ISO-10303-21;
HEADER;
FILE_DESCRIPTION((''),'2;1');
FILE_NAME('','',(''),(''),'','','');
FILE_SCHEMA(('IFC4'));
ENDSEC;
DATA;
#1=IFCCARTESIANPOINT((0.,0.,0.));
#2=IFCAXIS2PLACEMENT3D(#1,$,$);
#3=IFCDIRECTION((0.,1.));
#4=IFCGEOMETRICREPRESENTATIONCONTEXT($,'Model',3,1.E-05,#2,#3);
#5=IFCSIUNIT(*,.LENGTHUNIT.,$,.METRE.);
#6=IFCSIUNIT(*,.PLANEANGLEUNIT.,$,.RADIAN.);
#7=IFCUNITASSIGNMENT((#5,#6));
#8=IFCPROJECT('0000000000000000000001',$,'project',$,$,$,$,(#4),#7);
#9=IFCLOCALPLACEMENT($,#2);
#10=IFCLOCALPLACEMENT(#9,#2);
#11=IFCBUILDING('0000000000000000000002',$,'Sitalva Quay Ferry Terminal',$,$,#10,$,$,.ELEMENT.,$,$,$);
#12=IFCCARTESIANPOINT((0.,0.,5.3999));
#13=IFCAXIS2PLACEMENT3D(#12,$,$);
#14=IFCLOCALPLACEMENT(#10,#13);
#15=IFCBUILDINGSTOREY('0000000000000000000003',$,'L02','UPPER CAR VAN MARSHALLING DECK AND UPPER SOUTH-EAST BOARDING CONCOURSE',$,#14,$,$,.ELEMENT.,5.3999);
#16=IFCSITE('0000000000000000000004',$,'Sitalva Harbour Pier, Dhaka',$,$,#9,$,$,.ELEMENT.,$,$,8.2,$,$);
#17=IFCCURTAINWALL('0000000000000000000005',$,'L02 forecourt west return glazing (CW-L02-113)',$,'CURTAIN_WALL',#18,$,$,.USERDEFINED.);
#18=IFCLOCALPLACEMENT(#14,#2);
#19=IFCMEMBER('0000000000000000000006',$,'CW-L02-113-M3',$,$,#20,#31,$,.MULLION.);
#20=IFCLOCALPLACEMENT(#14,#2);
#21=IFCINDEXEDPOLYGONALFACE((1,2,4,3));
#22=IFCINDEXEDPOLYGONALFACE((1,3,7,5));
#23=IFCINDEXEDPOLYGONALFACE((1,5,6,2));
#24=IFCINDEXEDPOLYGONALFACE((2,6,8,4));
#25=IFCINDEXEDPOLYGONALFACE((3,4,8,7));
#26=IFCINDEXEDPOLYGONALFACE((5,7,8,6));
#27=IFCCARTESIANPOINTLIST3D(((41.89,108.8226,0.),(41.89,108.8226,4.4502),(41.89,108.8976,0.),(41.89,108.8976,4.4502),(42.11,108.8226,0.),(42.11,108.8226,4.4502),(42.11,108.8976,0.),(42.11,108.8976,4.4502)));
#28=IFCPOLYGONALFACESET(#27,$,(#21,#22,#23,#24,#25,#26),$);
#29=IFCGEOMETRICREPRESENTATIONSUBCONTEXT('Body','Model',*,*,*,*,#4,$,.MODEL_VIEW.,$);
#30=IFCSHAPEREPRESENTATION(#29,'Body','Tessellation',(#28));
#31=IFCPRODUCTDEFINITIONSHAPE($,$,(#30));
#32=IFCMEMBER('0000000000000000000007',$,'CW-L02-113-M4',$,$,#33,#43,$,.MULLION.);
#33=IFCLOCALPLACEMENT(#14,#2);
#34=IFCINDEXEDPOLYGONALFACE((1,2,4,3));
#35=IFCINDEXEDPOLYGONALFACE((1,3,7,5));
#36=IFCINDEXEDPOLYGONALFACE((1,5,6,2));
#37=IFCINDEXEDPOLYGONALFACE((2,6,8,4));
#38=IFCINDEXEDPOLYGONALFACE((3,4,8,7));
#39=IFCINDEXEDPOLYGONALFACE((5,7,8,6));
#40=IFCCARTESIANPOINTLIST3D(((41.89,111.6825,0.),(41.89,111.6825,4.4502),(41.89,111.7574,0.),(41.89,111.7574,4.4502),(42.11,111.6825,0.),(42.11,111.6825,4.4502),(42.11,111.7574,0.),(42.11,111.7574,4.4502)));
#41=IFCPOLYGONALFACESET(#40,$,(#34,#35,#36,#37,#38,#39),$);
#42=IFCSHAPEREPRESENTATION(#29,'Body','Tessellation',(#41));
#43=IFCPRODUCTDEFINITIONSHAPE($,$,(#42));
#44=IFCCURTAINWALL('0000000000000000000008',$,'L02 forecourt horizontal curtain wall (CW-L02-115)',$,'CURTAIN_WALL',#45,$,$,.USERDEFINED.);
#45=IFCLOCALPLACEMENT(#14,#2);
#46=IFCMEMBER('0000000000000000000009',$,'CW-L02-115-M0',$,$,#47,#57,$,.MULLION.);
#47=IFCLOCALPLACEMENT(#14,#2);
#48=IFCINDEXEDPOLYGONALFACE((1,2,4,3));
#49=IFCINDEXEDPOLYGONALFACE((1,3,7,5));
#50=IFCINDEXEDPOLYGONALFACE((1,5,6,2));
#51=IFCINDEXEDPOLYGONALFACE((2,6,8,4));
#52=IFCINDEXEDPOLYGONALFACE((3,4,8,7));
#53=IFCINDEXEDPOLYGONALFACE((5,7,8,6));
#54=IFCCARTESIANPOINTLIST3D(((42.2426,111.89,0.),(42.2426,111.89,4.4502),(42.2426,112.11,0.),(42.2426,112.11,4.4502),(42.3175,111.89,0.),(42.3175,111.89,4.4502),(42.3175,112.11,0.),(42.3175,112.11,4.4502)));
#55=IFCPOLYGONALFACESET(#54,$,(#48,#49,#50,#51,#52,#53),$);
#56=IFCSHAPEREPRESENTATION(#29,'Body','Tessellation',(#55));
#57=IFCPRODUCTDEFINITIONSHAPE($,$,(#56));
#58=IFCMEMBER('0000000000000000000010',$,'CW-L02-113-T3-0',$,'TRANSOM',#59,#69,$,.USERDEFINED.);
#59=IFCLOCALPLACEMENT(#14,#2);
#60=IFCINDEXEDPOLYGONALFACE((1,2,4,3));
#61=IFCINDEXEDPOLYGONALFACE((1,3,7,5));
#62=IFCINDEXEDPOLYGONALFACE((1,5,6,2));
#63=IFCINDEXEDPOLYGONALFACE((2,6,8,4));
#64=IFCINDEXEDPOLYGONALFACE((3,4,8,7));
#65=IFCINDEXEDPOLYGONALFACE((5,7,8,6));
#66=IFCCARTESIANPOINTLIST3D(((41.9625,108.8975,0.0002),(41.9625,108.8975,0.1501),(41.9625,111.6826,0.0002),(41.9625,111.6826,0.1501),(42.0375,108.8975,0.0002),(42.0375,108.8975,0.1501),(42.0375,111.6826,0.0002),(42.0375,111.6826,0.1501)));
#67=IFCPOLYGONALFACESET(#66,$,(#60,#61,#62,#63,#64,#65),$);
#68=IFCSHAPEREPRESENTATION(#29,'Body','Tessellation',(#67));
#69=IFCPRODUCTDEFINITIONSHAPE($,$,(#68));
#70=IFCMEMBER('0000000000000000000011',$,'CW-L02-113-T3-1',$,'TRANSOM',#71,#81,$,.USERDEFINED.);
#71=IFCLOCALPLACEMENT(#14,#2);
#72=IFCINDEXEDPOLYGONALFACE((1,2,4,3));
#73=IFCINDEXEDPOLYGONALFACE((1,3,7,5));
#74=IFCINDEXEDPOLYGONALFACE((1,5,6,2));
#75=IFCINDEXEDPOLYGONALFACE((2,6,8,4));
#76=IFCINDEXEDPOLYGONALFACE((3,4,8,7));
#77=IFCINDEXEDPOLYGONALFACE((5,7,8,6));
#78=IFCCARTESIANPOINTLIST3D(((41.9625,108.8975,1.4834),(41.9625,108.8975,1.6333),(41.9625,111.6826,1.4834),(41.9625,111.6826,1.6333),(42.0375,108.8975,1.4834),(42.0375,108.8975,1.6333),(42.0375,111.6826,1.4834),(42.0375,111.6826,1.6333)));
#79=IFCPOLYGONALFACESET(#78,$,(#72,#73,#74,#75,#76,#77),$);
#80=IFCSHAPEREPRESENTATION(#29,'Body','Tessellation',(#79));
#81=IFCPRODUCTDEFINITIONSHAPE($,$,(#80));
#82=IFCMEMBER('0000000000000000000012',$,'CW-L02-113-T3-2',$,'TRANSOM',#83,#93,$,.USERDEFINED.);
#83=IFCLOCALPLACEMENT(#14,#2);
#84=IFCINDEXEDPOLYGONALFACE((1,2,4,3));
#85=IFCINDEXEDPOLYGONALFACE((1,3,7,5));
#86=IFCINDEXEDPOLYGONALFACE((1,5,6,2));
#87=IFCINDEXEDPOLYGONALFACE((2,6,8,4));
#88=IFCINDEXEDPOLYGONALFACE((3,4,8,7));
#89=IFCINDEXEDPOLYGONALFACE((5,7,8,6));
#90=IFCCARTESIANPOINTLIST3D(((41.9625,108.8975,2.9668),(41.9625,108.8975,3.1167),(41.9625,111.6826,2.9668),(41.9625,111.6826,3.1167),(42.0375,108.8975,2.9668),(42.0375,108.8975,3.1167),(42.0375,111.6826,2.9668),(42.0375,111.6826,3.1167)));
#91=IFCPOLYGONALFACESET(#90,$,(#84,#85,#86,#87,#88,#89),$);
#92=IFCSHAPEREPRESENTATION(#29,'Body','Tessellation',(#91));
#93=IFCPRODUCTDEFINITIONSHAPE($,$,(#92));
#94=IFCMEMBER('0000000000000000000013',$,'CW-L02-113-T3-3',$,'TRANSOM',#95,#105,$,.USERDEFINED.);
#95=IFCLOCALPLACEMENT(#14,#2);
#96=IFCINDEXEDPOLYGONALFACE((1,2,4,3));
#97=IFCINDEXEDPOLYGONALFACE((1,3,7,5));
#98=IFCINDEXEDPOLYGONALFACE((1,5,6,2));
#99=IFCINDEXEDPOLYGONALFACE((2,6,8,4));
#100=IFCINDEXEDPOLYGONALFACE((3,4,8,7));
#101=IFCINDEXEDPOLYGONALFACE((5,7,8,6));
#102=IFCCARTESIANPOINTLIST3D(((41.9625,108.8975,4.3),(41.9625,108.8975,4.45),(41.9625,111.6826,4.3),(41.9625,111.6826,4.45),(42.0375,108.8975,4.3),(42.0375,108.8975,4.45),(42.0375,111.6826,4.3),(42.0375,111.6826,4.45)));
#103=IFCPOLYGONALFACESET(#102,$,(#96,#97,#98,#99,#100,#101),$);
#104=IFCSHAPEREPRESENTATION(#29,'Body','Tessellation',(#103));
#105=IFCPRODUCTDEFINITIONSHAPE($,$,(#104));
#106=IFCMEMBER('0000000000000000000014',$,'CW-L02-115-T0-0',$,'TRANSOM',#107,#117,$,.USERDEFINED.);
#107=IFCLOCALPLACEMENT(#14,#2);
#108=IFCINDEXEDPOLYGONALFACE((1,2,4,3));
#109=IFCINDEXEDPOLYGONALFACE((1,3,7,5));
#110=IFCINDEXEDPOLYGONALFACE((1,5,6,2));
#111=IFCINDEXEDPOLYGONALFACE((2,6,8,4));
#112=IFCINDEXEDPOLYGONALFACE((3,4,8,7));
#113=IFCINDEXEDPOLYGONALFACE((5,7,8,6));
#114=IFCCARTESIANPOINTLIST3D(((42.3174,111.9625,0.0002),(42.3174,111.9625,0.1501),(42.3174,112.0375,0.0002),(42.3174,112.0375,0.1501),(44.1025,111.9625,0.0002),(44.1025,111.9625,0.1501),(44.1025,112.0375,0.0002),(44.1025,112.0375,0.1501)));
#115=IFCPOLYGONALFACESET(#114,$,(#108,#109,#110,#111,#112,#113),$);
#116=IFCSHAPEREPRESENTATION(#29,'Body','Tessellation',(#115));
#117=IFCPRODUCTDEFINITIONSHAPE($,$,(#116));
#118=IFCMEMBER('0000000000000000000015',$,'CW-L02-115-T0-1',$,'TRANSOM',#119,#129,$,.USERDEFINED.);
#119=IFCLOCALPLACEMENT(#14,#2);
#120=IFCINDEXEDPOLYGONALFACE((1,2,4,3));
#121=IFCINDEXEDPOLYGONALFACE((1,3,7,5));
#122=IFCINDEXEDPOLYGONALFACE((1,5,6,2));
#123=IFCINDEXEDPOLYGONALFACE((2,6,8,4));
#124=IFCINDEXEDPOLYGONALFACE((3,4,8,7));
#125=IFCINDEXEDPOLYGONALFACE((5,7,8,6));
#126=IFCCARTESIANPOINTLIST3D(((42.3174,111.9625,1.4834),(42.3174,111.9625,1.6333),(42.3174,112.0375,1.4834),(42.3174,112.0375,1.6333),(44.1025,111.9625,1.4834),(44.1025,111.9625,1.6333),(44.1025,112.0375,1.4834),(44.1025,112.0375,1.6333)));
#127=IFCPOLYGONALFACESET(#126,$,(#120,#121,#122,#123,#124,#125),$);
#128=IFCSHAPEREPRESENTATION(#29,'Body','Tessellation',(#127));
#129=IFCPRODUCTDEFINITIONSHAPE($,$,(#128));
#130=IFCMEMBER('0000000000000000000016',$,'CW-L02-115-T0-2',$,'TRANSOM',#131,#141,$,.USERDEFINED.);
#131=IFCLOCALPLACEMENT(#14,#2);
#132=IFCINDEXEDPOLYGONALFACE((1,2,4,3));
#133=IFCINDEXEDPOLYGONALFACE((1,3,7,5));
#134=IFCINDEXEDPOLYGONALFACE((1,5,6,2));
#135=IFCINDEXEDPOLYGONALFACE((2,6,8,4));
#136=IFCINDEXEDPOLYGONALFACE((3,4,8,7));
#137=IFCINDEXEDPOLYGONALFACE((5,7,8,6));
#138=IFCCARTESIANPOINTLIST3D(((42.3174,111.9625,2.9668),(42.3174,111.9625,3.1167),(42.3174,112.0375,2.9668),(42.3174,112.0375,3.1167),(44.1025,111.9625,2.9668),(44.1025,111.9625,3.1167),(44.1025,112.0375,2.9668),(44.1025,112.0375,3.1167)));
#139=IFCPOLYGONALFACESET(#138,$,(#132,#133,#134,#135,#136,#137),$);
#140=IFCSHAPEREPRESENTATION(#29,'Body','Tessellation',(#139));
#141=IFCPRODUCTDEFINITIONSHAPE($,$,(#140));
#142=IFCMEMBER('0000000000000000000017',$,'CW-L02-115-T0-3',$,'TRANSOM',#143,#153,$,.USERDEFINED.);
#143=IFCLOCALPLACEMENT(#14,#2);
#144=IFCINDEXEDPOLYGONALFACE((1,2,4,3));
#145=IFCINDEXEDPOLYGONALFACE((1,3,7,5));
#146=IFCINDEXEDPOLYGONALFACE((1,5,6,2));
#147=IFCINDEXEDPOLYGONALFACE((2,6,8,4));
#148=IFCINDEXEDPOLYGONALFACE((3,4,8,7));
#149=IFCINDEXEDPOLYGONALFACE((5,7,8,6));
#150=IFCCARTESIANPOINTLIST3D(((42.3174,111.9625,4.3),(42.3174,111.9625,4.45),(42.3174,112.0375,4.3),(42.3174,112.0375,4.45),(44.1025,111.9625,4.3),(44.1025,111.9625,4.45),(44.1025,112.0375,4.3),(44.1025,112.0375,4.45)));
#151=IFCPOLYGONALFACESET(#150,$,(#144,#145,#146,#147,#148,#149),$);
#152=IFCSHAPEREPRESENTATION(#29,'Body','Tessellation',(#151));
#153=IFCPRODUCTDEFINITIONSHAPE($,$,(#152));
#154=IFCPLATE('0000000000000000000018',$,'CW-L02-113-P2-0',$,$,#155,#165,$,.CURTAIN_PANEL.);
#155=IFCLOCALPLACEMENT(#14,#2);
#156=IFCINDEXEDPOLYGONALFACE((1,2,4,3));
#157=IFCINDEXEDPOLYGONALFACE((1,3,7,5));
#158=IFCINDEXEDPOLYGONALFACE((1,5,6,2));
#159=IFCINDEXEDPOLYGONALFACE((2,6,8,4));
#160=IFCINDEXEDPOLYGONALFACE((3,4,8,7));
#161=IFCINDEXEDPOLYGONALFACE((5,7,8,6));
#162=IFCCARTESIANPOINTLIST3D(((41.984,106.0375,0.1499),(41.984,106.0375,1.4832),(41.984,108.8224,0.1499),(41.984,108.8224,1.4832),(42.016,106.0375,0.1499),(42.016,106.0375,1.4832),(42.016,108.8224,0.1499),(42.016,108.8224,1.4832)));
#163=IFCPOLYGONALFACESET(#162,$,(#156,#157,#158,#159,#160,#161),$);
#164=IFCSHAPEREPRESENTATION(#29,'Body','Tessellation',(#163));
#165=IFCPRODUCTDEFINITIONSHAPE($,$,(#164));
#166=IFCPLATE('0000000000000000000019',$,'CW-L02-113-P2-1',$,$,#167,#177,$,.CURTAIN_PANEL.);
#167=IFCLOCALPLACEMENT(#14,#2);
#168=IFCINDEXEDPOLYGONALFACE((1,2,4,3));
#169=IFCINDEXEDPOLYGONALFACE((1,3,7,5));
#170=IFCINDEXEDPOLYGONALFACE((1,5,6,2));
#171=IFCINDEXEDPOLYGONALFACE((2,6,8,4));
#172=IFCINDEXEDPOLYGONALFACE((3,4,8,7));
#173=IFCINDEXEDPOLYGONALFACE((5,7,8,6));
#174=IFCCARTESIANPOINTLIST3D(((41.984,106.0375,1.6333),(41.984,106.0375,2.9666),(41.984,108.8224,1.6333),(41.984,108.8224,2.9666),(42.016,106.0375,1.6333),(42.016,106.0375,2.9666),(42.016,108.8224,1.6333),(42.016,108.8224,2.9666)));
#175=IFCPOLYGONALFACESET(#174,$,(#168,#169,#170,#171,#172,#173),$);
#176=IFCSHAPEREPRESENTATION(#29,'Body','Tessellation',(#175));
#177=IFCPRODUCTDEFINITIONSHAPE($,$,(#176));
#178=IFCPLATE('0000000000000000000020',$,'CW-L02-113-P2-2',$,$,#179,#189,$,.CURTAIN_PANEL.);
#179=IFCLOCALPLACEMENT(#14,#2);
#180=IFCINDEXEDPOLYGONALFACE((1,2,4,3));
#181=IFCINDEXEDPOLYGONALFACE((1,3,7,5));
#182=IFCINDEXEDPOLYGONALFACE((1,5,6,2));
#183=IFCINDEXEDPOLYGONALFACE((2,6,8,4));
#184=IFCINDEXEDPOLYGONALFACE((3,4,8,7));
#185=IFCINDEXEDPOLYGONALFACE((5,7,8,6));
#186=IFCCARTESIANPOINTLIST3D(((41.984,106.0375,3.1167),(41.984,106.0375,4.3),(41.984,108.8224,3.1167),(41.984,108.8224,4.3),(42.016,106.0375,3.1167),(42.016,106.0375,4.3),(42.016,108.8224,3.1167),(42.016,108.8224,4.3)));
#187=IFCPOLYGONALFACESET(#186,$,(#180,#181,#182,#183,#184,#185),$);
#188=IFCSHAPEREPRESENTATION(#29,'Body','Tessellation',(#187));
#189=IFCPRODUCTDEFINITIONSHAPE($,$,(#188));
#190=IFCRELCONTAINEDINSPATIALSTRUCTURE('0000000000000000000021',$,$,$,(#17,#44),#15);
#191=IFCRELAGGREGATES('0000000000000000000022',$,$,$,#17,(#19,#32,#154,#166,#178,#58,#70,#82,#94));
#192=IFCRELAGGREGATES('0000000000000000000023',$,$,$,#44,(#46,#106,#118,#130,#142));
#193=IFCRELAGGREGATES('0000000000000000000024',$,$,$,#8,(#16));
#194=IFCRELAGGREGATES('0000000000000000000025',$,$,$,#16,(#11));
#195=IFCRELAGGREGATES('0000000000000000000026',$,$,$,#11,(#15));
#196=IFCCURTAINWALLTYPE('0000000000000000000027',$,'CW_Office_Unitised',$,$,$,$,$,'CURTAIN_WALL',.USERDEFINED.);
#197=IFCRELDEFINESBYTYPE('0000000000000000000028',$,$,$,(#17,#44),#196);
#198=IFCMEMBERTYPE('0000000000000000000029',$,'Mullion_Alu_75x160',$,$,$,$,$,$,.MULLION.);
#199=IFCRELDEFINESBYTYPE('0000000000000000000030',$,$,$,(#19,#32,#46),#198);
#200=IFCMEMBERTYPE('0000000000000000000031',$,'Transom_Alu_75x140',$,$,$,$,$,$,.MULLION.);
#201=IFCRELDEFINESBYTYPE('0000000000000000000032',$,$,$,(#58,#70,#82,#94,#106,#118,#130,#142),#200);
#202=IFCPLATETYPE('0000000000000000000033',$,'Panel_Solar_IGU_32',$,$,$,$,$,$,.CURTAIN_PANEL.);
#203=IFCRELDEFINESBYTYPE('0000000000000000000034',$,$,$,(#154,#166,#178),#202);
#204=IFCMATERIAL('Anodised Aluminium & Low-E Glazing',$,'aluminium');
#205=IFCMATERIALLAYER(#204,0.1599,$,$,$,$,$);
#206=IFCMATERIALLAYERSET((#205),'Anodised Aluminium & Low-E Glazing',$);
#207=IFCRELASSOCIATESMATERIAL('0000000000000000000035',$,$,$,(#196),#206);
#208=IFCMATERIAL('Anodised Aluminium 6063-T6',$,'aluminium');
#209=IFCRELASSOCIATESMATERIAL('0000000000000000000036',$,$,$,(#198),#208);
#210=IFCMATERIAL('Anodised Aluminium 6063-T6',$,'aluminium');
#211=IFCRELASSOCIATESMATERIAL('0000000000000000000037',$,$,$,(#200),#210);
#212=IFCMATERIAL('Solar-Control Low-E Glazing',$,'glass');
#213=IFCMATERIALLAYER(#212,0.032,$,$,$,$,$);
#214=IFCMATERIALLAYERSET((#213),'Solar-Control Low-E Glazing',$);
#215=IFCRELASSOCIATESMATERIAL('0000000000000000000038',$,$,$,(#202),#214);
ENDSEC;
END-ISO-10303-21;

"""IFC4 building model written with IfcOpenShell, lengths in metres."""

from ifc_helpers import new_model, si_unit, direction, frame, origin, origin_2d, place, context, subcontext, project, spatial, rectangle, extrude, material, layer, layer_set, material_profile, profile_set, type_object, element, aggregate, save


model = new_model("IFC4")

# Units and contexts
model_context = context("Model", 3, precision=1e-05, world=origin(), true_north=direction((0.0, 1.0)))
body_context = subcontext(model_context, "Body", "Model", "MODEL_VIEW")
ifc_project = project(units=[si_unit("LENGTHUNIT", "METRE"), si_unit("PLANEANGLEUNIT", "RADIAN")], contexts=[model_context])

# Site, building, storey
site_placement = place(None, origin())
site = spatial("IfcSite", under=ifc_project, at=site_placement, Name="Sitalva Harbour Pier, Dhaka", CompositionType="ELEMENT", RefElevation=8.2)
building_placement = place(site_placement, origin())
building = spatial("IfcBuilding", under=site, at=building_placement, Name="Sitalva Quay Ferry Terminal", CompositionType="ELEMENT")
storey_placement = place(building_placement, frame((0.0, 0.0, 5.3999)))
storey = spatial("IfcBuildingStorey", under=building, at=storey_placement, Name="L02", Description="UPPER CAR VAN MARSHALLING DECK AND UPPER SOUTH-EAST BOARDING CONCOURSE", CompositionType="ELEMENT", Elevation=5.3999)

# Curtain wall, members
ifc_material_1 = material(Name="Anodised Aluminium & Low-E Glazing", Category="aluminium")
ifc_layer_1 = layer(ifc_material_1, 0.1599)
ifc_layer_set_1 = layer_set([ifc_layer_1], Name="Anodised Aluminium & Low-E Glazing")
curtain_wall_type = type_object("IfcCurtainWallType", Name="CW_Office_Unitised", ElementType="CURTAIN_WALL", PredefinedType="USERDEFINED", material=ifc_layer_set_1)
curtain_wall_1_placement = place(storey_placement, origin())
curtain_wall_1 = element("IfcCurtainWall", 1, at=curtain_wall_1_placement, inside=storey, type_object=curtain_wall_type, Name="L02 forecourt west return glazing (CW-L02-113)", ObjectType="CURTAIN_WALL", PredefinedType="USERDEFINED")
ifc_material_2 = material(Name="Anodised Aluminium 6063-T6", Category="aluminium")
ifc_material_profile_1 = material_profile(ifc_material_2, rectangle(XDim=0.075, YDim=0.22, at=origin_2d()), Name="ALU75x220")
ifc_profile_set_1 = profile_set([ifc_material_profile_1], Name="Anodised Aluminium 6063-T6")
member_type_1 = type_object("IfcMemberType", Name="Mullion_Alu_75x160", PredefinedType="MULLION", material=ifc_profile_set_1)
member_1_placement = place(storey_placement, frame((42.0, 108.8601, 0.0), z_axis=(0.0, 0.0, 1.0), x_axis=(0.0, 1.0, 0.0)))
member_1 = element("IfcMember", 2, at=member_1_placement, type_object=member_type_1, Name="CW-L02-113-M3", PredefinedType="MULLION", context=body_context, shape_type="SweptSolid", body=[
    extrude(rectangle(XDim=0.075, YDim=0.22, at=origin_2d()), origin(), (0.0, 0.0, 1.0), 4.4502),
])
member_2_placement = place(storey_placement, frame((42.0, 111.72, 0.0), z_axis=(0.0, 0.0, 1.0), x_axis=(0.0, 1.0, 0.0)))
member_2 = element("IfcMember", 3, at=member_2_placement, type_object=member_type_1, Name="CW-L02-113-M4", PredefinedType="MULLION", context=body_context, shape_type="SweptSolid", body=[
    extrude(rectangle(XDim=0.075, YDim=0.22, at=origin_2d()), origin(), (0.0, 0.0, 1.0), 4.4502),
])

# Curtain wall, member
curtain_wall_2_placement = place(storey_placement, origin())
curtain_wall_2 = element("IfcCurtainWall", 4, at=curtain_wall_2_placement, inside=storey, type_object=curtain_wall_type, Name="L02 forecourt horizontal curtain wall (CW-L02-115)", ObjectType="CURTAIN_WALL", PredefinedType="USERDEFINED")
member_3_placement = place(storey_placement, frame((42.28, 112.0, 0.0), z_axis=(0.0, 0.0, 1.0), x_axis=(1.0, 0.0, 0.0)))
member_3 = element("IfcMember", 5, at=member_3_placement, type_object=member_type_1, Name="CW-L02-115-M0", PredefinedType="MULLION", context=body_context, shape_type="SweptSolid", body=[
    extrude(rectangle(XDim=0.075, YDim=0.22, at=origin_2d()), origin(), (0.0, 0.0, 1.0), 4.4502),
])

# Members
ifc_material_3 = material(Name="Anodised Aluminium 6063-T6", Category="aluminium")
ifc_material_profile_2 = material_profile(ifc_material_3, rectangle(XDim=0.075, YDim=0.1499, at=origin_2d()), Name="ALU75x150")
ifc_profile_set_2 = profile_set([ifc_material_profile_2], Name="Anodised Aluminium 6063-T6")
member_type_2 = type_object("IfcMemberType", Name="Transom_Alu_75x140", PredefinedType="MULLION", material=ifc_profile_set_2)
member_4_placement = place(storey_placement, frame((42.0, 108.8975, 0.0752), z_axis=(0.0, 1.0, 0.0), x_axis=(-1.0, 0.0, 0.0)))
member_4 = element("IfcMember", 6, at=member_4_placement, type_object=member_type_2, Name="CW-L02-113-T3-0", ObjectType="TRANSOM", PredefinedType="USERDEFINED", context=body_context, shape_type="SweptSolid", body=[
    extrude(rectangle(XDim=0.075, YDim=0.1499, at=origin_2d()), origin(), (0.0, 0.0, 1.0), 2.7852),
])
member_5_placement = place(storey_placement, frame((42.0, 108.8975, 1.5583), z_axis=(0.0, 1.0, 0.0), x_axis=(-1.0, 0.0, 0.0)))
member_5 = element("IfcMember", 7, at=member_5_placement, type_object=member_type_2, Name="CW-L02-113-T3-1", ObjectType="TRANSOM", PredefinedType="USERDEFINED", context=body_context, shape_type="SweptSolid", body=[
    extrude(rectangle(XDim=0.075, YDim=0.1499, at=origin_2d()), origin(), (0.0, 0.0, 1.0), 2.7852),
])
member_6_placement = place(storey_placement, frame((42.0, 108.8975, 3.0417), z_axis=(0.0, 1.0, 0.0), x_axis=(-1.0, 0.0, 0.0)))
member_6 = element("IfcMember", 8, at=member_6_placement, type_object=member_type_2, Name="CW-L02-113-T3-2", ObjectType="TRANSOM", PredefinedType="USERDEFINED", context=body_context, shape_type="SweptSolid", body=[
    extrude(rectangle(XDim=0.075, YDim=0.1499, at=origin_2d()), origin(), (0.0, 0.0, 1.0), 2.7852),
])
member_7_placement = place(storey_placement, frame((42.0, 108.8975, 4.375), z_axis=(0.0, 1.0, 0.0), x_axis=(-1.0, 0.0, 0.0)))
member_7 = element("IfcMember", 9, at=member_7_placement, type_object=member_type_2, Name="CW-L02-113-T3-3", ObjectType="TRANSOM", PredefinedType="USERDEFINED", context=body_context, shape_type="SweptSolid", body=[
    extrude(rectangle(XDim=0.075, YDim=0.1499, at=origin_2d()), origin(), (0.0, 0.0, 1.0), 2.7852),
])
member_8_placement = place(storey_placement, frame((42.3174, 112.0, 0.0752), z_axis=(1.0, 0.0, 0.0), x_axis=(0.0, 1.0, 0.0)))
member_8 = element("IfcMember", 10, at=member_8_placement, type_object=member_type_2, Name="CW-L02-115-T0-0", ObjectType="TRANSOM", PredefinedType="USERDEFINED", context=body_context, shape_type="SweptSolid", body=[
    extrude(rectangle(XDim=0.075, YDim=0.1499, at=origin_2d()), origin(), (0.0, 0.0, 1.0), 1.7852),
])
member_9_placement = place(storey_placement, frame((42.3174, 112.0, 1.5583), z_axis=(1.0, 0.0, 0.0), x_axis=(0.0, 1.0, 0.0)))
member_9 = element("IfcMember", 11, at=member_9_placement, type_object=member_type_2, Name="CW-L02-115-T0-1", ObjectType="TRANSOM", PredefinedType="USERDEFINED", context=body_context, shape_type="SweptSolid", body=[
    extrude(rectangle(XDim=0.075, YDim=0.1499, at=origin_2d()), origin(), (0.0, 0.0, 1.0), 1.7852),
])
member_10_placement = place(storey_placement, frame((42.3174, 112.0, 3.0417), z_axis=(1.0, 0.0, 0.0), x_axis=(0.0, 1.0, 0.0)))
member_10 = element("IfcMember", 12, at=member_10_placement, type_object=member_type_2, Name="CW-L02-115-T0-2", ObjectType="TRANSOM", PredefinedType="USERDEFINED", context=body_context, shape_type="SweptSolid", body=[
    extrude(rectangle(XDim=0.075, YDim=0.1499, at=origin_2d()), origin(), (0.0, 0.0, 1.0), 1.7852),
])
member_11_placement = place(storey_placement, frame((42.3174, 112.0, 4.375), z_axis=(1.0, 0.0, 0.0), x_axis=(0.0, 1.0, 0.0)))
member_11 = element("IfcMember", 13, at=member_11_placement, type_object=member_type_2, Name="CW-L02-115-T0-3", ObjectType="TRANSOM", PredefinedType="USERDEFINED", context=body_context, shape_type="SweptSolid", body=[
    extrude(rectangle(XDim=0.075, YDim=0.1499, at=origin_2d()), origin(), (0.0, 0.0, 1.0), 1.7852),
])

# Plates
ifc_material_4 = material(Name="Solar-Control Low-E Glazing", Category="glass")
ifc_layer_2 = layer(ifc_material_4, 0.032)
ifc_layer_set_2 = layer_set([ifc_layer_2], Name="Solar-Control Low-E Glazing")
plate_type_1 = type_object("IfcPlateType", Name="Panel_Solar_IGU_32", PredefinedType="CURTAIN_PANEL", material=ifc_layer_set_2)
plate_1_placement = place(storey_placement, frame((42.0, 107.4299, 0.1499), z_axis=(0.0, 0.0, 1.0), x_axis=(0.0, 1.0, 0.0)))
plate_1 = element("IfcPlate", 14, at=plate_1_placement, type_object=plate_type_1, Name="CW-L02-113-P2-0", PredefinedType="CURTAIN_PANEL", context=body_context, shape_type="SweptSolid", body=[
    extrude(rectangle(XDim=2.7849, YDim=0.032, at=origin_2d()), origin(), (0.0, 0.0, 1.0), 1.3333),
])
plate_2_placement = place(storey_placement, frame((42.0, 107.4299, 1.6333), z_axis=(0.0, 0.0, 1.0), x_axis=(0.0, 1.0, 0.0)))
plate_2 = element("IfcPlate", 15, at=plate_2_placement, type_object=plate_type_1, Name="CW-L02-113-P2-1", PredefinedType="CURTAIN_PANEL", context=body_context, shape_type="SweptSolid", body=[
    extrude(rectangle(XDim=2.7849, YDim=0.032, at=origin_2d()), origin(), (0.0, 0.0, 1.0), 1.3333),
])
plate_3_placement = place(storey_placement, frame((42.0, 107.4299, 3.1167), z_axis=(0.0, 0.0, 1.0), x_axis=(0.0, 1.0, 0.0)))
plate_3 = element("IfcPlate", 16, at=plate_3_placement, type_object=plate_type_1, Name="CW-L02-113-P2-2", PredefinedType="CURTAIN_PANEL", context=body_context, shape_type="SweptSolid", body=[
    extrude(rectangle(XDim=2.7849, YDim=0.032, at=origin_2d()), origin(), (0.0, 0.0, 1.0), 1.1833),
])
aggregate(curtain_wall_1, [member_1, member_2, plate_1, plate_2, plate_3, member_4, member_5, member_6, member_7])
aggregate(curtain_wall_2, [member_3, member_8, member_9, member_10, member_11])

save(model, "model.ifc")
